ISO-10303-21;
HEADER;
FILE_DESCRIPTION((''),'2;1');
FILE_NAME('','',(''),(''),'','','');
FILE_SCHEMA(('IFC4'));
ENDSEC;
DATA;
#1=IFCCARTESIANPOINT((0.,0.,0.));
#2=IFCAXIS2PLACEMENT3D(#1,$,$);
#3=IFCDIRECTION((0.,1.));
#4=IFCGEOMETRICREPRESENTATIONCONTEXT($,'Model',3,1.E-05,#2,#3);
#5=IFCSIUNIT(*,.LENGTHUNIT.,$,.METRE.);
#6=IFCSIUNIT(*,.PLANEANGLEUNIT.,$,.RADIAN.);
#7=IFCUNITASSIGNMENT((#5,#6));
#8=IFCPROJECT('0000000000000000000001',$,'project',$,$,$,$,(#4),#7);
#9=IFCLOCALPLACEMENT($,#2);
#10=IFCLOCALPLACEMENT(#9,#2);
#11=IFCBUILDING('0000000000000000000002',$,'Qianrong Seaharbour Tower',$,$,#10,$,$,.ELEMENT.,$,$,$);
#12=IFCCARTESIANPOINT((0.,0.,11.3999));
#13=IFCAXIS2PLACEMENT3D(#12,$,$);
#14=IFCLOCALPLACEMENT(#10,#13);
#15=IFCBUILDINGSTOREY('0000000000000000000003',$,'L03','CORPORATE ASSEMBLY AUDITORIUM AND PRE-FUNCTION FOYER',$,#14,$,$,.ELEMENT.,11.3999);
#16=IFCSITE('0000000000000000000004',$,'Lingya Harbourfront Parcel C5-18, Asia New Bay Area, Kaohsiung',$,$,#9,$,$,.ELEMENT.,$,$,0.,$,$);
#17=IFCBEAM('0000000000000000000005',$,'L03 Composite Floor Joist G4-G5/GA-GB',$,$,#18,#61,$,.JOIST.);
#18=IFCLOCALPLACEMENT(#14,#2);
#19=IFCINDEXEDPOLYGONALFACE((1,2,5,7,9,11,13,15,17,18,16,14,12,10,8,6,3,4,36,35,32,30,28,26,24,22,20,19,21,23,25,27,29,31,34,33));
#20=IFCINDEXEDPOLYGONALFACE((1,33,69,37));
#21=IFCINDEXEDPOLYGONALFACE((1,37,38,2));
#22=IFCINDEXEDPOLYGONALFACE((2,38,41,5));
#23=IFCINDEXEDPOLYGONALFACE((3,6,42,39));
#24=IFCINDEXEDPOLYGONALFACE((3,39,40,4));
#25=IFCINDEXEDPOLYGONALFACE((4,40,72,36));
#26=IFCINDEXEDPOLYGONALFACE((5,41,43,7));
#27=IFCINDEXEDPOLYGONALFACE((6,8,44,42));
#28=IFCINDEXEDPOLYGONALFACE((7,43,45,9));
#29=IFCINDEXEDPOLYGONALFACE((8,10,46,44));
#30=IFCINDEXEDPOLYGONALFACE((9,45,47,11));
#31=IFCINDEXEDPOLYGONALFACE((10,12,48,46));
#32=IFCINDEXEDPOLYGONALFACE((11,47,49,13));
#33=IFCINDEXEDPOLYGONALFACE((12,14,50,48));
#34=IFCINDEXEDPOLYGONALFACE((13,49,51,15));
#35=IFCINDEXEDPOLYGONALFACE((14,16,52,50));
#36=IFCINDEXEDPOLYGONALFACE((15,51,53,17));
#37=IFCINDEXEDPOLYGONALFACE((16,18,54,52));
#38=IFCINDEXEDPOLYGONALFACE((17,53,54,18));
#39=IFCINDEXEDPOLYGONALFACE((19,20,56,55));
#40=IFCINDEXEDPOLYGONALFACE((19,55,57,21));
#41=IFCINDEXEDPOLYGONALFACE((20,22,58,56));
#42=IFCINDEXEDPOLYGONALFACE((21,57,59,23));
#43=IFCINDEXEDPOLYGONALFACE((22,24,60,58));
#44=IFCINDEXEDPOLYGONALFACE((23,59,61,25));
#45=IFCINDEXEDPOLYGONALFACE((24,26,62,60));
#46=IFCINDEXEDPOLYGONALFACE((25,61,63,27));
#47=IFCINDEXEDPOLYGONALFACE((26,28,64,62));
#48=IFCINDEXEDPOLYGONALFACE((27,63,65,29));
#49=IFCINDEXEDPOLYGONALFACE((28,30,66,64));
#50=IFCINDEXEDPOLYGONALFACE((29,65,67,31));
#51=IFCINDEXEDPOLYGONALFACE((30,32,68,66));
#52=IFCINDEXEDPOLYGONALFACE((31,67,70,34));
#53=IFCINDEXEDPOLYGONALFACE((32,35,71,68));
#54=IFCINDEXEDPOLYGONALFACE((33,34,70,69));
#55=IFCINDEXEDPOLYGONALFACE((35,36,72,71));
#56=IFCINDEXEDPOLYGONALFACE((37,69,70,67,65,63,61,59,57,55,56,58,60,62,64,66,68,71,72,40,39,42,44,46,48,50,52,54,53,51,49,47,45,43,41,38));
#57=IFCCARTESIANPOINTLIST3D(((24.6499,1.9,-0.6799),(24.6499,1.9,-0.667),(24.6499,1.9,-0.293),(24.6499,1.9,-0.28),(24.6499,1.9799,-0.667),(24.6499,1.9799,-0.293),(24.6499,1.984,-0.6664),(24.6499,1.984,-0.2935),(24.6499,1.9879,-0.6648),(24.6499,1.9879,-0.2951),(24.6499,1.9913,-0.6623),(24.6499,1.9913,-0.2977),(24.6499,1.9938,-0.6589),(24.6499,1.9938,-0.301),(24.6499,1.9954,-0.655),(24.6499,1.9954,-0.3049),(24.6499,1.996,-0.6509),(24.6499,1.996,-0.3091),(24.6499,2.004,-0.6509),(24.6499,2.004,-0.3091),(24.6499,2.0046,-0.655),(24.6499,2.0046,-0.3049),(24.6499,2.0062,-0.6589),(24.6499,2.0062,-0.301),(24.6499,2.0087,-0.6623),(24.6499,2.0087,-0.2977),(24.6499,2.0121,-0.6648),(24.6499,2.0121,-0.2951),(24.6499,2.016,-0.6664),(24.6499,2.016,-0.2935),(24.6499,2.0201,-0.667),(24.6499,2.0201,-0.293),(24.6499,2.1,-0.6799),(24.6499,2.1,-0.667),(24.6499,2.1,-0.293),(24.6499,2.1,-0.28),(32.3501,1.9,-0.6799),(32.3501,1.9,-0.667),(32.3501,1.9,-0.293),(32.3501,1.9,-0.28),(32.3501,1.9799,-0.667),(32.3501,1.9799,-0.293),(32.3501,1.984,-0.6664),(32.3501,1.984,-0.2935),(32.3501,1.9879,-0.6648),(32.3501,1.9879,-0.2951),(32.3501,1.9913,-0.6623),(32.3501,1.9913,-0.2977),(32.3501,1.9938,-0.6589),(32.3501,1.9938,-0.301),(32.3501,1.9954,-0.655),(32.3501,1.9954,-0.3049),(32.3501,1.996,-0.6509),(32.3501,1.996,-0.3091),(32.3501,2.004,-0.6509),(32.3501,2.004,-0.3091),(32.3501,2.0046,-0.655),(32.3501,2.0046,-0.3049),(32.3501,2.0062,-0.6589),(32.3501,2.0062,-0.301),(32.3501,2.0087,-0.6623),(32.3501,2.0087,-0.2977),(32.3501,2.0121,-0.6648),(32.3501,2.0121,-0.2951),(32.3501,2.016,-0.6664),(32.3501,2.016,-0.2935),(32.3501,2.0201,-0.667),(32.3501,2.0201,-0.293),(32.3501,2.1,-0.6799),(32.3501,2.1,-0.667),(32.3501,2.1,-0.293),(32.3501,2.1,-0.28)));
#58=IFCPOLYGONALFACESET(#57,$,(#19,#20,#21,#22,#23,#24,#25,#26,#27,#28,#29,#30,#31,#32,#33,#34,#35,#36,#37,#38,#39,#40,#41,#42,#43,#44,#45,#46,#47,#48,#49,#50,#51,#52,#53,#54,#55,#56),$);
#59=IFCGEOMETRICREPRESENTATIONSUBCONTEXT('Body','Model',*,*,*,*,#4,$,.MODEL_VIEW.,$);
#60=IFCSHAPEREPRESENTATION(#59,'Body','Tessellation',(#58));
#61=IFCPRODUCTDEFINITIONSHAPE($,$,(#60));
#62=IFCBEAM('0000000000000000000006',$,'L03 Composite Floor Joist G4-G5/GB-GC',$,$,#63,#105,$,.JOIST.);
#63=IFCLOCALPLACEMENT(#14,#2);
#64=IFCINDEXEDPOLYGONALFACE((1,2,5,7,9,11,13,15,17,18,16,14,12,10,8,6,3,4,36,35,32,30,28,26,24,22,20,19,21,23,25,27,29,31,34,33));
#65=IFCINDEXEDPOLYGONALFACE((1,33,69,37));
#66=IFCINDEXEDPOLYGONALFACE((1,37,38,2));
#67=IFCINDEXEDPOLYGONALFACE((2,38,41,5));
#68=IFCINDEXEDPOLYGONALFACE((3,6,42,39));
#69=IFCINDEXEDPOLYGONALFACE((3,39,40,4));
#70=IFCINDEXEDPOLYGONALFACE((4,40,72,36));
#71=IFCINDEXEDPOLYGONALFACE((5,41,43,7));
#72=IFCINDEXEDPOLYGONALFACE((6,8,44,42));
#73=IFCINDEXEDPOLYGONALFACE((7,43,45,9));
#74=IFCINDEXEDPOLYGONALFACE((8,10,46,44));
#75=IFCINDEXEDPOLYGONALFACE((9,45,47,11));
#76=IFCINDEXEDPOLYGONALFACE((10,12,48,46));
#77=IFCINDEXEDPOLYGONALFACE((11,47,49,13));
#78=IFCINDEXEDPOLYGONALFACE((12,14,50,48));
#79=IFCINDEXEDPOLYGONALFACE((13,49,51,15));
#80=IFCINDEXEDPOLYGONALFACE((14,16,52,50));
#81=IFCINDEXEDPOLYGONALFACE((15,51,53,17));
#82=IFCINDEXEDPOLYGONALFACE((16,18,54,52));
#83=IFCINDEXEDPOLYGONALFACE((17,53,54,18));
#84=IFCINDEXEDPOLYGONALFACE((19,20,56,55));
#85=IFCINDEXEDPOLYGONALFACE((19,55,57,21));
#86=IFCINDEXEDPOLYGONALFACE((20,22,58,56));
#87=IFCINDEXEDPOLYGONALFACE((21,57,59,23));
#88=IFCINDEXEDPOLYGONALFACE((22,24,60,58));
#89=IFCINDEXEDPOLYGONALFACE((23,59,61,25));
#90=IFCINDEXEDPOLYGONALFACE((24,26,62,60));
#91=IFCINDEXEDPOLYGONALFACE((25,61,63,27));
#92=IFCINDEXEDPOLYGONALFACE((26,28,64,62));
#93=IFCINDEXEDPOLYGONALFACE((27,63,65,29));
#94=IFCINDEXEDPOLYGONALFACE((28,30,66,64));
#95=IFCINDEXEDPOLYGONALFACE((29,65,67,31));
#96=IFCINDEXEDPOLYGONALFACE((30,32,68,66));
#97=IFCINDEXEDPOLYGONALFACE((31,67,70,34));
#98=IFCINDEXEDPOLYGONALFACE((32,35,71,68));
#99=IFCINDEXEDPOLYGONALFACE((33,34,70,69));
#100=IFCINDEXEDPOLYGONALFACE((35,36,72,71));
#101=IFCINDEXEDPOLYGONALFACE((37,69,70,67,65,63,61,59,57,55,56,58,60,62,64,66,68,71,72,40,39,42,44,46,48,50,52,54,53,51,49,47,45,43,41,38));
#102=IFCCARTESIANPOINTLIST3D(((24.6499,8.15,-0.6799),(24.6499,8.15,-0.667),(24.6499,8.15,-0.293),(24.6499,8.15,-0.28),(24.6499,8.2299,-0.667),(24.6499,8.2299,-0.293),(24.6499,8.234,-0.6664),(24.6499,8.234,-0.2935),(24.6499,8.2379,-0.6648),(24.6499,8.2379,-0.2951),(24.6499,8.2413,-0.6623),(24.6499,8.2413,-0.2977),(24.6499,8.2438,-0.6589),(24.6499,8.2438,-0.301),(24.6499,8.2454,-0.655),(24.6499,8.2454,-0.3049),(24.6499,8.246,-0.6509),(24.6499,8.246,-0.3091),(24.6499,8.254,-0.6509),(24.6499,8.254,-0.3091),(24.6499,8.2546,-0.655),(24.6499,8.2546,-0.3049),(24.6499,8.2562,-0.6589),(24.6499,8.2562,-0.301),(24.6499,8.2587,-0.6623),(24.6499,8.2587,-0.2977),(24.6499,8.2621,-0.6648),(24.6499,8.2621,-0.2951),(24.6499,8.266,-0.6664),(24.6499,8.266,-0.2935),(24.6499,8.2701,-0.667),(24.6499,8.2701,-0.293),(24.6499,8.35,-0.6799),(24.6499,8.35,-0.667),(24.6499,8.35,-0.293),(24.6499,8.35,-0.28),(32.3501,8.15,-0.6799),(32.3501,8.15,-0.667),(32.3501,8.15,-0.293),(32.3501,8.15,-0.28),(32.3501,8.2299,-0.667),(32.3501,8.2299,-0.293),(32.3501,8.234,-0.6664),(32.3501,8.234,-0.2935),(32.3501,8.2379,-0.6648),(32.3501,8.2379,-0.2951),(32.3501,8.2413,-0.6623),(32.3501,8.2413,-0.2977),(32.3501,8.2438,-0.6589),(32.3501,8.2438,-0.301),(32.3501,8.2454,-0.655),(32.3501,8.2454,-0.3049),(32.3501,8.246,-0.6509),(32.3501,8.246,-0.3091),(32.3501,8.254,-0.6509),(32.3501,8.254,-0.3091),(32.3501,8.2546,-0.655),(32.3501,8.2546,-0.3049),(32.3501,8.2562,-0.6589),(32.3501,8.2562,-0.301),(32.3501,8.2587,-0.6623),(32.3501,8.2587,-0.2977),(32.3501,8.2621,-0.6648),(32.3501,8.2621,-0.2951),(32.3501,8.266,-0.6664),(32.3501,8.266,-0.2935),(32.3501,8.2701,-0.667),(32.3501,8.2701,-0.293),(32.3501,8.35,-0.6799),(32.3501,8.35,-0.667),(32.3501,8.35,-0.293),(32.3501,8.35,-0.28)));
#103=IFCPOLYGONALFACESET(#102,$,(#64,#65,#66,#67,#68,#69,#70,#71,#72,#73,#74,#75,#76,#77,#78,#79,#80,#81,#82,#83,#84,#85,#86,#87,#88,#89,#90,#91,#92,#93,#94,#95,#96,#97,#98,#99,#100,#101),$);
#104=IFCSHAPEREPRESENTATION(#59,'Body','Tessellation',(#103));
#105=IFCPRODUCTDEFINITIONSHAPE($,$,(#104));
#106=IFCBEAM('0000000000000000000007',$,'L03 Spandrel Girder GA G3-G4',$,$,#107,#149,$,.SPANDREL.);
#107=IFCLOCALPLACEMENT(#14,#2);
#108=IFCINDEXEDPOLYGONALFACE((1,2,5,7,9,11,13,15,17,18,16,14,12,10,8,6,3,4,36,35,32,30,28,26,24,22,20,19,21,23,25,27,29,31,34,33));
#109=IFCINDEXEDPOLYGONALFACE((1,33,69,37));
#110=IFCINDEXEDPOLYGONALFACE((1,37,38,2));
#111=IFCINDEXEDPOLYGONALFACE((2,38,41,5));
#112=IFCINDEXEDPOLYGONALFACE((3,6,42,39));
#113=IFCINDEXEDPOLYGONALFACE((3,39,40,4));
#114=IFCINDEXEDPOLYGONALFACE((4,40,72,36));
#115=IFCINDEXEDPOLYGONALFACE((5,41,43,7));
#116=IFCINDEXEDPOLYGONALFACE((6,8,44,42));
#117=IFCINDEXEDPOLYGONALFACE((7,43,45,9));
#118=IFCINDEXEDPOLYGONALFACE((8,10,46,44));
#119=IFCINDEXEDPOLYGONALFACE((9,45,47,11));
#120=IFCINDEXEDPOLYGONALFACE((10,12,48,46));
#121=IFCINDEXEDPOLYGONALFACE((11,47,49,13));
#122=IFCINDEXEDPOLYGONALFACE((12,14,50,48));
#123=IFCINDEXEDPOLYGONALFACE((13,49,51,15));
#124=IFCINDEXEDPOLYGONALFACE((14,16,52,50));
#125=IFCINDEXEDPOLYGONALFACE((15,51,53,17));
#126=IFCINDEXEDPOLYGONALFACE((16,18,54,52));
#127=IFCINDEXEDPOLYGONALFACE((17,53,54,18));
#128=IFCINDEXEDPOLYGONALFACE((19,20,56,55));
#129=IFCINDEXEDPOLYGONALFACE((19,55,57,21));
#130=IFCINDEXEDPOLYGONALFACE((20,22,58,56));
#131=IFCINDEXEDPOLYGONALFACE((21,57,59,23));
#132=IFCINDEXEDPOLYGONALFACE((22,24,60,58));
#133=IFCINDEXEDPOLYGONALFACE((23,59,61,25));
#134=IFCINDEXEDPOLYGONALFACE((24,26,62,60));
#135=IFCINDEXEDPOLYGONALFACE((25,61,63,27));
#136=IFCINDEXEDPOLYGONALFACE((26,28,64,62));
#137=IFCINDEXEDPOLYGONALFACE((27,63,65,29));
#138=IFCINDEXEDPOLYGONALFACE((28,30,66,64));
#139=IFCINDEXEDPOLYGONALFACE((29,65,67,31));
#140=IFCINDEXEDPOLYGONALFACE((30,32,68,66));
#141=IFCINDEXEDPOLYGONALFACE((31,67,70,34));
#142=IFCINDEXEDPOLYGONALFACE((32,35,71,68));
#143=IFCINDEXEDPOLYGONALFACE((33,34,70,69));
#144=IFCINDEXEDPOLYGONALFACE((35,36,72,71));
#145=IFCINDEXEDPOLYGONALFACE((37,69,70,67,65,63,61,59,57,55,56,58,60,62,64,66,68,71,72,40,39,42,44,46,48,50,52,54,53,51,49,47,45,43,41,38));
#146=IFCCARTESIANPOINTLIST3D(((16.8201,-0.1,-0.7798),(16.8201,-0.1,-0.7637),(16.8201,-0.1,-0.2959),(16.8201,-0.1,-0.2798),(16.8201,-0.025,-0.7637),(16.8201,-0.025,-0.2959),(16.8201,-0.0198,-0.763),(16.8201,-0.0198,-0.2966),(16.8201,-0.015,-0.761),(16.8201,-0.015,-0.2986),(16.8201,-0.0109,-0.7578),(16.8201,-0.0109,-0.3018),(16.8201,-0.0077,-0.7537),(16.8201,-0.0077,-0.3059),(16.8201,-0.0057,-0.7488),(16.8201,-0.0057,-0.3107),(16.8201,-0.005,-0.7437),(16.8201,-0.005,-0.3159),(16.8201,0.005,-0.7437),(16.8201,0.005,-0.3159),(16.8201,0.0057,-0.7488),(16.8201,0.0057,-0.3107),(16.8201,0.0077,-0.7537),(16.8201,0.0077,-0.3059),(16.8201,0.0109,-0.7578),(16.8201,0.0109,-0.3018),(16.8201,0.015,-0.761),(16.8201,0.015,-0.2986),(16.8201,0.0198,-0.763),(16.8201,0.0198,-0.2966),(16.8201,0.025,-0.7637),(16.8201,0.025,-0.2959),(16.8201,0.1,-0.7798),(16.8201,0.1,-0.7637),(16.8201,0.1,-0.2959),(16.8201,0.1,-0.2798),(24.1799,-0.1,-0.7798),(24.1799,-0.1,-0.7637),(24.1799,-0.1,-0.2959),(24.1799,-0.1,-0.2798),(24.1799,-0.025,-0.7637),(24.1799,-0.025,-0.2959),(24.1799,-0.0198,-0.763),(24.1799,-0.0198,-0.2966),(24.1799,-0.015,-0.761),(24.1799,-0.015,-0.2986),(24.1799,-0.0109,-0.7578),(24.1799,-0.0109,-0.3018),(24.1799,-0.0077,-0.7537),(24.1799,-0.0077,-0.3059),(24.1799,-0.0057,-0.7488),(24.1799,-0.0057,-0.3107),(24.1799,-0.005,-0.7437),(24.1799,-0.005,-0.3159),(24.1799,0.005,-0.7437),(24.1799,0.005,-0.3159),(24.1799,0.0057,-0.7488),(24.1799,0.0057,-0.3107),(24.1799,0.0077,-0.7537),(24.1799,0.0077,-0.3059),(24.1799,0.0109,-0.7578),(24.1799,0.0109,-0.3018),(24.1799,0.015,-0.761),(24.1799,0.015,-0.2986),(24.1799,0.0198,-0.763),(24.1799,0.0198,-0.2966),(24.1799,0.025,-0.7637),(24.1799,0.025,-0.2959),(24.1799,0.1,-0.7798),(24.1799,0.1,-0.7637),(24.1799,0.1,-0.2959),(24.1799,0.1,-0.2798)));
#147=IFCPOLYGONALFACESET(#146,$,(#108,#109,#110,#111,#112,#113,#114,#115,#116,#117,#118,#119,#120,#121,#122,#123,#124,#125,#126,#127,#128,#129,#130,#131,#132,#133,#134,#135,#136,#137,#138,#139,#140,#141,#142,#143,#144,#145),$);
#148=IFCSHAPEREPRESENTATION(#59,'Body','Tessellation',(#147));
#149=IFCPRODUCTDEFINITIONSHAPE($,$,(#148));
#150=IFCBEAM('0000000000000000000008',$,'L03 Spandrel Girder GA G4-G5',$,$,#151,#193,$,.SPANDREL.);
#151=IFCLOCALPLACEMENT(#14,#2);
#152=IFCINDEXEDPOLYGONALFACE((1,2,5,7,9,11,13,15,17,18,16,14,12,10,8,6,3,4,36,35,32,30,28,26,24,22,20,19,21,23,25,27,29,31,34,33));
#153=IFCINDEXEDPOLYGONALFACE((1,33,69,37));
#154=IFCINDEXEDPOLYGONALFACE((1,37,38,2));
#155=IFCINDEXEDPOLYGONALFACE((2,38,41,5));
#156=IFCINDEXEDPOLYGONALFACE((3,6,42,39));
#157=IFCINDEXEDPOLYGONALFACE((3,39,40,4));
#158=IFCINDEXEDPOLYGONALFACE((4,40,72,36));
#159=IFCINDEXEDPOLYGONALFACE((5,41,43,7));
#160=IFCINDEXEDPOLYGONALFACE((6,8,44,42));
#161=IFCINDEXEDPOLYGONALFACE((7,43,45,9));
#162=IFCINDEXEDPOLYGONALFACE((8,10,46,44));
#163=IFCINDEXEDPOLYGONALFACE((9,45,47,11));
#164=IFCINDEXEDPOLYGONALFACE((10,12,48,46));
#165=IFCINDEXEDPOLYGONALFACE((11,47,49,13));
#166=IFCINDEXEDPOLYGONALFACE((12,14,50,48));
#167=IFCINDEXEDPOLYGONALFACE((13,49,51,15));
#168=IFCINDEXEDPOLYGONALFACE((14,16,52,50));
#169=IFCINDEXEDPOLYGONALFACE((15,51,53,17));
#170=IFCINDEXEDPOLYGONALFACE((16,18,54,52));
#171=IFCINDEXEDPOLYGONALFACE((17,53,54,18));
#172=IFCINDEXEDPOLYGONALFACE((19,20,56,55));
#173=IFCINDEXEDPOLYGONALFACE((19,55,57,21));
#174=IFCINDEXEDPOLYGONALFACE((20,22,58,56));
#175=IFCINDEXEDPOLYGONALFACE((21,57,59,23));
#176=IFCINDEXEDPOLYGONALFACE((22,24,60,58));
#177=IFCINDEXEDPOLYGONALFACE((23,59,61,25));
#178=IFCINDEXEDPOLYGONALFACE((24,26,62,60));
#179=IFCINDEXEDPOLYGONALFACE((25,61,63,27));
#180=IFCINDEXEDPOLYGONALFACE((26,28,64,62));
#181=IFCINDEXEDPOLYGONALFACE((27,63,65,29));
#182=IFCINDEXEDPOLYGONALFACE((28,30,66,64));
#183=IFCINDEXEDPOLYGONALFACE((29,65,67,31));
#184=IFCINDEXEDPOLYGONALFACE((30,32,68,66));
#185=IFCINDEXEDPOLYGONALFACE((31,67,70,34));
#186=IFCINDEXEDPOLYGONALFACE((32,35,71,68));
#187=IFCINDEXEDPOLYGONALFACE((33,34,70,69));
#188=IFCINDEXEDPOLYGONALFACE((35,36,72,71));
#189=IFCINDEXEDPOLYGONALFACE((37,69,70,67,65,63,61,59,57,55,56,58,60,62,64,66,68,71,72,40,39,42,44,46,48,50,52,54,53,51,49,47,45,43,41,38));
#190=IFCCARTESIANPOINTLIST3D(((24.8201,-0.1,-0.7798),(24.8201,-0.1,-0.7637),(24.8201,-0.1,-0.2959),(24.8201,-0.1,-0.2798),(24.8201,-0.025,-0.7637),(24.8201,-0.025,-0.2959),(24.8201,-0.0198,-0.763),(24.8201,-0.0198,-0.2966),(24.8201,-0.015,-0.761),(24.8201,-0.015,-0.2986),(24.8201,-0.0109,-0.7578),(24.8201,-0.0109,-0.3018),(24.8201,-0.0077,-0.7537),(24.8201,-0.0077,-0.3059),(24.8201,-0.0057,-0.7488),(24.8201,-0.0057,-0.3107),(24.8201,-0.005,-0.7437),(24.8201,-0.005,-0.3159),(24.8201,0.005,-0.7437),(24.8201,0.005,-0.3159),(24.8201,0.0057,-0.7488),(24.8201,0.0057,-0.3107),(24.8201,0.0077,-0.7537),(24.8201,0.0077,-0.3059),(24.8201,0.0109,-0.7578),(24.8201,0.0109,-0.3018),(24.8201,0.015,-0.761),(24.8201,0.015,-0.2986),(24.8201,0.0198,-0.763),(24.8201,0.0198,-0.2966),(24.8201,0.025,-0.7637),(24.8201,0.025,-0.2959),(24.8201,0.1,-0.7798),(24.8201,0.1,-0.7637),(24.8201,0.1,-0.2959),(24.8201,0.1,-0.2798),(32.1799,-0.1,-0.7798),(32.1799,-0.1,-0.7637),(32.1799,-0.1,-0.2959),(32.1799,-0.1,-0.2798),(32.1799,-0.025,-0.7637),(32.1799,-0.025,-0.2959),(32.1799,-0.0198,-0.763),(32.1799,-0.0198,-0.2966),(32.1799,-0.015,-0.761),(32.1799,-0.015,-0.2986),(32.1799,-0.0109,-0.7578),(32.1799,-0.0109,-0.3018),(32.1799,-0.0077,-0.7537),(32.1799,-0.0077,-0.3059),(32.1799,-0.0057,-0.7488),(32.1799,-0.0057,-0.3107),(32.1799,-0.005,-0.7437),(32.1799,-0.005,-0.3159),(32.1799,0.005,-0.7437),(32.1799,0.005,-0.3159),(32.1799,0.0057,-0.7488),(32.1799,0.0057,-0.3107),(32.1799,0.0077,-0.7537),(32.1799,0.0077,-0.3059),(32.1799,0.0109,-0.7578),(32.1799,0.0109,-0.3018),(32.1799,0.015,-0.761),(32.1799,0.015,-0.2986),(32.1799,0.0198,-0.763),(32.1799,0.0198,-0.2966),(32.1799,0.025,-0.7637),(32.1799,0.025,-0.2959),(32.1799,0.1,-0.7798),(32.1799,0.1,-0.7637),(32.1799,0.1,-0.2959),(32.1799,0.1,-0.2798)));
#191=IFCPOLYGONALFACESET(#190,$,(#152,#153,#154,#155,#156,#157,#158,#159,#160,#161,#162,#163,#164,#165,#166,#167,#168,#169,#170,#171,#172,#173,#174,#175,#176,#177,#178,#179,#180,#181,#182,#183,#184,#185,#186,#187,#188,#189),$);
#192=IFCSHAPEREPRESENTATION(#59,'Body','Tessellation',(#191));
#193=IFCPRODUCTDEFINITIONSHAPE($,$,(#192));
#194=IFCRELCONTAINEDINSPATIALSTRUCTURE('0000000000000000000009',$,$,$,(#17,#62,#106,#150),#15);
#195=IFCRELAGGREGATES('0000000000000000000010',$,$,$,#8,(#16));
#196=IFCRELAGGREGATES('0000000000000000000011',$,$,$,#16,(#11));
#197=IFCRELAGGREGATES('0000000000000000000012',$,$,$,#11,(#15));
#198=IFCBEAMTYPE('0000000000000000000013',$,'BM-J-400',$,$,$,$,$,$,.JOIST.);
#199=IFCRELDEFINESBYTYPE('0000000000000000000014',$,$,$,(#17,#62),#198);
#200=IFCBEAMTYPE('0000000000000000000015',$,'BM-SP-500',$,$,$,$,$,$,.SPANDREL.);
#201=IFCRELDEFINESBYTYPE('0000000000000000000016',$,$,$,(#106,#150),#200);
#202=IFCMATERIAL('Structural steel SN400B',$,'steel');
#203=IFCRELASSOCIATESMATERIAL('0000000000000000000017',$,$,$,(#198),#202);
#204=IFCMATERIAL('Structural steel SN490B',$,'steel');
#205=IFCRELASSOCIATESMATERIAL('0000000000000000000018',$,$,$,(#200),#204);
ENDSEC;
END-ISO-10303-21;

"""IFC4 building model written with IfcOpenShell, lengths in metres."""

from ifc_helpers import new_model, si_unit, direction, frame, origin, origin_2d, place, context, subcontext, project, spatial, i_section, extrude, material, material_profile, profile_set, type_object, element, save


model = new_model("IFC4")

# Units and contexts
model_context = context("Model", 3, precision=1e-05, world=origin(), true_north=direction((0.0, 1.0)))
body_context = subcontext(model_context, "Body", "Model", "MODEL_VIEW")
ifc_project = project(units=[si_unit("LENGTHUNIT", "METRE"), si_unit("PLANEANGLEUNIT", "RADIAN")], contexts=[model_context])

# Site, building, storey
site_placement = place(None, origin())
site = spatial("IfcSite", under=ifc_project, at=site_placement, Name="Lingya Harbourfront Parcel C5-18, Asia New Bay Area, Kaohsiung", CompositionType="ELEMENT", RefElevation=0.0)
building_placement = place(site_placement, origin())
building = spatial("IfcBuilding", under=site, at=building_placement, Name="Qianrong Seaharbour Tower", CompositionType="ELEMENT")
storey_placement = place(building_placement, frame((0.0, 0.0, 11.3999)))
storey = spatial("IfcBuildingStorey", under=building, at=storey_placement, Name="L03", Description="CORPORATE ASSEMBLY AUDITORIUM AND PRE-FUNCTION FOYER", CompositionType="ELEMENT", Elevation=11.3999)

# Beams
ifc_material_1 = material(Name="Structural steel SN490B", Category="steel")
ifc_material_2 = material(Name="Structural steel SN400B", Category="steel")
ifc_material_profile_1 = material_profile(ifc_material_2, i_section(OverallWidth=0.2, OverallDepth=0.3999, WebThickness=0.0081, FlangeThickness=0.0129, FilletRadius=0.0161, at=origin_2d()), Name="H400x200x8x13")
ifc_profile_set_1 = profile_set([ifc_material_profile_1], Name="Structural steel SN400B")
beam_type_1 = type_object("IfcBeamType", Name="BM-J-400", PredefinedType="JOIST", material=ifc_profile_set_1)
for number, where, z_axis, x_axis, name in (
    (1, (24.6499, 2.0, -0.48), (1.0, 0.0, 0.0), (0.0, 1.0, 0.0), "L03 Composite Floor Joist G4-G5/GA-GB"),
    (2, (24.6499, 8.25, -0.48), (1.0, 0.0, 0.0), (0.0, 1.0, 0.0), "L03 Composite Floor Joist G4-G5/GB-GC"),
):
    element("IfcBeam", number, at=place(storey_placement, frame(where, z_axis=z_axis, x_axis=x_axis)), inside=storey, type_object=beam_type_1, Name=name, PredefinedType="JOIST", context=body_context, shape_type="SweptSolid", body=[
        extrude(i_section(OverallWidth=0.2, OverallDepth=0.3999, WebThickness=0.0081, FlangeThickness=0.0129, FilletRadius=0.0161, at=origin_2d()), origin(), (0.0, 0.0, 1.0), 7.7002),
    ])
ifc_material_profile_2 = material_profile(ifc_material_1, i_section(OverallWidth=0.2, OverallDepth=0.5, WebThickness=0.01, FlangeThickness=0.0161, FilletRadius=0.02, at=origin_2d()), Name="H500x200x10x16")
ifc_profile_set_2 = profile_set([ifc_material_profile_2], Name="Structural steel SN490B")
beam_type_2 = type_object("IfcBeamType", Name="BM-SP-500", PredefinedType="SPANDREL", material=ifc_profile_set_2)
for number, where, z_axis, x_axis, name in (
    (3, (16.8201, 0.0, -0.5298), (1.0, 0.0, 0.0), (0.0, 1.0, 0.0), "L03 Spandrel Girder GA G3-G4"),
    (4, (24.8201, 0.0, -0.5298), (1.0, 0.0, 0.0), (0.0, 1.0, 0.0), "L03 Spandrel Girder GA G4-G5"),
):
    element("IfcBeam", number, at=place(storey_placement, frame(where, z_axis=z_axis, x_axis=x_axis)), inside=storey, type_object=beam_type_2, Name=name, PredefinedType="SPANDREL", context=body_context, shape_type="SweptSolid", body=[
        extrude(i_section(OverallWidth=0.2, OverallDepth=0.5, WebThickness=0.01, FlangeThickness=0.0161, FilletRadius=0.02, at=origin_2d()), origin(), (0.0, 0.0, 1.0), 7.3599),
    ])

save(model, "model.ifc")
